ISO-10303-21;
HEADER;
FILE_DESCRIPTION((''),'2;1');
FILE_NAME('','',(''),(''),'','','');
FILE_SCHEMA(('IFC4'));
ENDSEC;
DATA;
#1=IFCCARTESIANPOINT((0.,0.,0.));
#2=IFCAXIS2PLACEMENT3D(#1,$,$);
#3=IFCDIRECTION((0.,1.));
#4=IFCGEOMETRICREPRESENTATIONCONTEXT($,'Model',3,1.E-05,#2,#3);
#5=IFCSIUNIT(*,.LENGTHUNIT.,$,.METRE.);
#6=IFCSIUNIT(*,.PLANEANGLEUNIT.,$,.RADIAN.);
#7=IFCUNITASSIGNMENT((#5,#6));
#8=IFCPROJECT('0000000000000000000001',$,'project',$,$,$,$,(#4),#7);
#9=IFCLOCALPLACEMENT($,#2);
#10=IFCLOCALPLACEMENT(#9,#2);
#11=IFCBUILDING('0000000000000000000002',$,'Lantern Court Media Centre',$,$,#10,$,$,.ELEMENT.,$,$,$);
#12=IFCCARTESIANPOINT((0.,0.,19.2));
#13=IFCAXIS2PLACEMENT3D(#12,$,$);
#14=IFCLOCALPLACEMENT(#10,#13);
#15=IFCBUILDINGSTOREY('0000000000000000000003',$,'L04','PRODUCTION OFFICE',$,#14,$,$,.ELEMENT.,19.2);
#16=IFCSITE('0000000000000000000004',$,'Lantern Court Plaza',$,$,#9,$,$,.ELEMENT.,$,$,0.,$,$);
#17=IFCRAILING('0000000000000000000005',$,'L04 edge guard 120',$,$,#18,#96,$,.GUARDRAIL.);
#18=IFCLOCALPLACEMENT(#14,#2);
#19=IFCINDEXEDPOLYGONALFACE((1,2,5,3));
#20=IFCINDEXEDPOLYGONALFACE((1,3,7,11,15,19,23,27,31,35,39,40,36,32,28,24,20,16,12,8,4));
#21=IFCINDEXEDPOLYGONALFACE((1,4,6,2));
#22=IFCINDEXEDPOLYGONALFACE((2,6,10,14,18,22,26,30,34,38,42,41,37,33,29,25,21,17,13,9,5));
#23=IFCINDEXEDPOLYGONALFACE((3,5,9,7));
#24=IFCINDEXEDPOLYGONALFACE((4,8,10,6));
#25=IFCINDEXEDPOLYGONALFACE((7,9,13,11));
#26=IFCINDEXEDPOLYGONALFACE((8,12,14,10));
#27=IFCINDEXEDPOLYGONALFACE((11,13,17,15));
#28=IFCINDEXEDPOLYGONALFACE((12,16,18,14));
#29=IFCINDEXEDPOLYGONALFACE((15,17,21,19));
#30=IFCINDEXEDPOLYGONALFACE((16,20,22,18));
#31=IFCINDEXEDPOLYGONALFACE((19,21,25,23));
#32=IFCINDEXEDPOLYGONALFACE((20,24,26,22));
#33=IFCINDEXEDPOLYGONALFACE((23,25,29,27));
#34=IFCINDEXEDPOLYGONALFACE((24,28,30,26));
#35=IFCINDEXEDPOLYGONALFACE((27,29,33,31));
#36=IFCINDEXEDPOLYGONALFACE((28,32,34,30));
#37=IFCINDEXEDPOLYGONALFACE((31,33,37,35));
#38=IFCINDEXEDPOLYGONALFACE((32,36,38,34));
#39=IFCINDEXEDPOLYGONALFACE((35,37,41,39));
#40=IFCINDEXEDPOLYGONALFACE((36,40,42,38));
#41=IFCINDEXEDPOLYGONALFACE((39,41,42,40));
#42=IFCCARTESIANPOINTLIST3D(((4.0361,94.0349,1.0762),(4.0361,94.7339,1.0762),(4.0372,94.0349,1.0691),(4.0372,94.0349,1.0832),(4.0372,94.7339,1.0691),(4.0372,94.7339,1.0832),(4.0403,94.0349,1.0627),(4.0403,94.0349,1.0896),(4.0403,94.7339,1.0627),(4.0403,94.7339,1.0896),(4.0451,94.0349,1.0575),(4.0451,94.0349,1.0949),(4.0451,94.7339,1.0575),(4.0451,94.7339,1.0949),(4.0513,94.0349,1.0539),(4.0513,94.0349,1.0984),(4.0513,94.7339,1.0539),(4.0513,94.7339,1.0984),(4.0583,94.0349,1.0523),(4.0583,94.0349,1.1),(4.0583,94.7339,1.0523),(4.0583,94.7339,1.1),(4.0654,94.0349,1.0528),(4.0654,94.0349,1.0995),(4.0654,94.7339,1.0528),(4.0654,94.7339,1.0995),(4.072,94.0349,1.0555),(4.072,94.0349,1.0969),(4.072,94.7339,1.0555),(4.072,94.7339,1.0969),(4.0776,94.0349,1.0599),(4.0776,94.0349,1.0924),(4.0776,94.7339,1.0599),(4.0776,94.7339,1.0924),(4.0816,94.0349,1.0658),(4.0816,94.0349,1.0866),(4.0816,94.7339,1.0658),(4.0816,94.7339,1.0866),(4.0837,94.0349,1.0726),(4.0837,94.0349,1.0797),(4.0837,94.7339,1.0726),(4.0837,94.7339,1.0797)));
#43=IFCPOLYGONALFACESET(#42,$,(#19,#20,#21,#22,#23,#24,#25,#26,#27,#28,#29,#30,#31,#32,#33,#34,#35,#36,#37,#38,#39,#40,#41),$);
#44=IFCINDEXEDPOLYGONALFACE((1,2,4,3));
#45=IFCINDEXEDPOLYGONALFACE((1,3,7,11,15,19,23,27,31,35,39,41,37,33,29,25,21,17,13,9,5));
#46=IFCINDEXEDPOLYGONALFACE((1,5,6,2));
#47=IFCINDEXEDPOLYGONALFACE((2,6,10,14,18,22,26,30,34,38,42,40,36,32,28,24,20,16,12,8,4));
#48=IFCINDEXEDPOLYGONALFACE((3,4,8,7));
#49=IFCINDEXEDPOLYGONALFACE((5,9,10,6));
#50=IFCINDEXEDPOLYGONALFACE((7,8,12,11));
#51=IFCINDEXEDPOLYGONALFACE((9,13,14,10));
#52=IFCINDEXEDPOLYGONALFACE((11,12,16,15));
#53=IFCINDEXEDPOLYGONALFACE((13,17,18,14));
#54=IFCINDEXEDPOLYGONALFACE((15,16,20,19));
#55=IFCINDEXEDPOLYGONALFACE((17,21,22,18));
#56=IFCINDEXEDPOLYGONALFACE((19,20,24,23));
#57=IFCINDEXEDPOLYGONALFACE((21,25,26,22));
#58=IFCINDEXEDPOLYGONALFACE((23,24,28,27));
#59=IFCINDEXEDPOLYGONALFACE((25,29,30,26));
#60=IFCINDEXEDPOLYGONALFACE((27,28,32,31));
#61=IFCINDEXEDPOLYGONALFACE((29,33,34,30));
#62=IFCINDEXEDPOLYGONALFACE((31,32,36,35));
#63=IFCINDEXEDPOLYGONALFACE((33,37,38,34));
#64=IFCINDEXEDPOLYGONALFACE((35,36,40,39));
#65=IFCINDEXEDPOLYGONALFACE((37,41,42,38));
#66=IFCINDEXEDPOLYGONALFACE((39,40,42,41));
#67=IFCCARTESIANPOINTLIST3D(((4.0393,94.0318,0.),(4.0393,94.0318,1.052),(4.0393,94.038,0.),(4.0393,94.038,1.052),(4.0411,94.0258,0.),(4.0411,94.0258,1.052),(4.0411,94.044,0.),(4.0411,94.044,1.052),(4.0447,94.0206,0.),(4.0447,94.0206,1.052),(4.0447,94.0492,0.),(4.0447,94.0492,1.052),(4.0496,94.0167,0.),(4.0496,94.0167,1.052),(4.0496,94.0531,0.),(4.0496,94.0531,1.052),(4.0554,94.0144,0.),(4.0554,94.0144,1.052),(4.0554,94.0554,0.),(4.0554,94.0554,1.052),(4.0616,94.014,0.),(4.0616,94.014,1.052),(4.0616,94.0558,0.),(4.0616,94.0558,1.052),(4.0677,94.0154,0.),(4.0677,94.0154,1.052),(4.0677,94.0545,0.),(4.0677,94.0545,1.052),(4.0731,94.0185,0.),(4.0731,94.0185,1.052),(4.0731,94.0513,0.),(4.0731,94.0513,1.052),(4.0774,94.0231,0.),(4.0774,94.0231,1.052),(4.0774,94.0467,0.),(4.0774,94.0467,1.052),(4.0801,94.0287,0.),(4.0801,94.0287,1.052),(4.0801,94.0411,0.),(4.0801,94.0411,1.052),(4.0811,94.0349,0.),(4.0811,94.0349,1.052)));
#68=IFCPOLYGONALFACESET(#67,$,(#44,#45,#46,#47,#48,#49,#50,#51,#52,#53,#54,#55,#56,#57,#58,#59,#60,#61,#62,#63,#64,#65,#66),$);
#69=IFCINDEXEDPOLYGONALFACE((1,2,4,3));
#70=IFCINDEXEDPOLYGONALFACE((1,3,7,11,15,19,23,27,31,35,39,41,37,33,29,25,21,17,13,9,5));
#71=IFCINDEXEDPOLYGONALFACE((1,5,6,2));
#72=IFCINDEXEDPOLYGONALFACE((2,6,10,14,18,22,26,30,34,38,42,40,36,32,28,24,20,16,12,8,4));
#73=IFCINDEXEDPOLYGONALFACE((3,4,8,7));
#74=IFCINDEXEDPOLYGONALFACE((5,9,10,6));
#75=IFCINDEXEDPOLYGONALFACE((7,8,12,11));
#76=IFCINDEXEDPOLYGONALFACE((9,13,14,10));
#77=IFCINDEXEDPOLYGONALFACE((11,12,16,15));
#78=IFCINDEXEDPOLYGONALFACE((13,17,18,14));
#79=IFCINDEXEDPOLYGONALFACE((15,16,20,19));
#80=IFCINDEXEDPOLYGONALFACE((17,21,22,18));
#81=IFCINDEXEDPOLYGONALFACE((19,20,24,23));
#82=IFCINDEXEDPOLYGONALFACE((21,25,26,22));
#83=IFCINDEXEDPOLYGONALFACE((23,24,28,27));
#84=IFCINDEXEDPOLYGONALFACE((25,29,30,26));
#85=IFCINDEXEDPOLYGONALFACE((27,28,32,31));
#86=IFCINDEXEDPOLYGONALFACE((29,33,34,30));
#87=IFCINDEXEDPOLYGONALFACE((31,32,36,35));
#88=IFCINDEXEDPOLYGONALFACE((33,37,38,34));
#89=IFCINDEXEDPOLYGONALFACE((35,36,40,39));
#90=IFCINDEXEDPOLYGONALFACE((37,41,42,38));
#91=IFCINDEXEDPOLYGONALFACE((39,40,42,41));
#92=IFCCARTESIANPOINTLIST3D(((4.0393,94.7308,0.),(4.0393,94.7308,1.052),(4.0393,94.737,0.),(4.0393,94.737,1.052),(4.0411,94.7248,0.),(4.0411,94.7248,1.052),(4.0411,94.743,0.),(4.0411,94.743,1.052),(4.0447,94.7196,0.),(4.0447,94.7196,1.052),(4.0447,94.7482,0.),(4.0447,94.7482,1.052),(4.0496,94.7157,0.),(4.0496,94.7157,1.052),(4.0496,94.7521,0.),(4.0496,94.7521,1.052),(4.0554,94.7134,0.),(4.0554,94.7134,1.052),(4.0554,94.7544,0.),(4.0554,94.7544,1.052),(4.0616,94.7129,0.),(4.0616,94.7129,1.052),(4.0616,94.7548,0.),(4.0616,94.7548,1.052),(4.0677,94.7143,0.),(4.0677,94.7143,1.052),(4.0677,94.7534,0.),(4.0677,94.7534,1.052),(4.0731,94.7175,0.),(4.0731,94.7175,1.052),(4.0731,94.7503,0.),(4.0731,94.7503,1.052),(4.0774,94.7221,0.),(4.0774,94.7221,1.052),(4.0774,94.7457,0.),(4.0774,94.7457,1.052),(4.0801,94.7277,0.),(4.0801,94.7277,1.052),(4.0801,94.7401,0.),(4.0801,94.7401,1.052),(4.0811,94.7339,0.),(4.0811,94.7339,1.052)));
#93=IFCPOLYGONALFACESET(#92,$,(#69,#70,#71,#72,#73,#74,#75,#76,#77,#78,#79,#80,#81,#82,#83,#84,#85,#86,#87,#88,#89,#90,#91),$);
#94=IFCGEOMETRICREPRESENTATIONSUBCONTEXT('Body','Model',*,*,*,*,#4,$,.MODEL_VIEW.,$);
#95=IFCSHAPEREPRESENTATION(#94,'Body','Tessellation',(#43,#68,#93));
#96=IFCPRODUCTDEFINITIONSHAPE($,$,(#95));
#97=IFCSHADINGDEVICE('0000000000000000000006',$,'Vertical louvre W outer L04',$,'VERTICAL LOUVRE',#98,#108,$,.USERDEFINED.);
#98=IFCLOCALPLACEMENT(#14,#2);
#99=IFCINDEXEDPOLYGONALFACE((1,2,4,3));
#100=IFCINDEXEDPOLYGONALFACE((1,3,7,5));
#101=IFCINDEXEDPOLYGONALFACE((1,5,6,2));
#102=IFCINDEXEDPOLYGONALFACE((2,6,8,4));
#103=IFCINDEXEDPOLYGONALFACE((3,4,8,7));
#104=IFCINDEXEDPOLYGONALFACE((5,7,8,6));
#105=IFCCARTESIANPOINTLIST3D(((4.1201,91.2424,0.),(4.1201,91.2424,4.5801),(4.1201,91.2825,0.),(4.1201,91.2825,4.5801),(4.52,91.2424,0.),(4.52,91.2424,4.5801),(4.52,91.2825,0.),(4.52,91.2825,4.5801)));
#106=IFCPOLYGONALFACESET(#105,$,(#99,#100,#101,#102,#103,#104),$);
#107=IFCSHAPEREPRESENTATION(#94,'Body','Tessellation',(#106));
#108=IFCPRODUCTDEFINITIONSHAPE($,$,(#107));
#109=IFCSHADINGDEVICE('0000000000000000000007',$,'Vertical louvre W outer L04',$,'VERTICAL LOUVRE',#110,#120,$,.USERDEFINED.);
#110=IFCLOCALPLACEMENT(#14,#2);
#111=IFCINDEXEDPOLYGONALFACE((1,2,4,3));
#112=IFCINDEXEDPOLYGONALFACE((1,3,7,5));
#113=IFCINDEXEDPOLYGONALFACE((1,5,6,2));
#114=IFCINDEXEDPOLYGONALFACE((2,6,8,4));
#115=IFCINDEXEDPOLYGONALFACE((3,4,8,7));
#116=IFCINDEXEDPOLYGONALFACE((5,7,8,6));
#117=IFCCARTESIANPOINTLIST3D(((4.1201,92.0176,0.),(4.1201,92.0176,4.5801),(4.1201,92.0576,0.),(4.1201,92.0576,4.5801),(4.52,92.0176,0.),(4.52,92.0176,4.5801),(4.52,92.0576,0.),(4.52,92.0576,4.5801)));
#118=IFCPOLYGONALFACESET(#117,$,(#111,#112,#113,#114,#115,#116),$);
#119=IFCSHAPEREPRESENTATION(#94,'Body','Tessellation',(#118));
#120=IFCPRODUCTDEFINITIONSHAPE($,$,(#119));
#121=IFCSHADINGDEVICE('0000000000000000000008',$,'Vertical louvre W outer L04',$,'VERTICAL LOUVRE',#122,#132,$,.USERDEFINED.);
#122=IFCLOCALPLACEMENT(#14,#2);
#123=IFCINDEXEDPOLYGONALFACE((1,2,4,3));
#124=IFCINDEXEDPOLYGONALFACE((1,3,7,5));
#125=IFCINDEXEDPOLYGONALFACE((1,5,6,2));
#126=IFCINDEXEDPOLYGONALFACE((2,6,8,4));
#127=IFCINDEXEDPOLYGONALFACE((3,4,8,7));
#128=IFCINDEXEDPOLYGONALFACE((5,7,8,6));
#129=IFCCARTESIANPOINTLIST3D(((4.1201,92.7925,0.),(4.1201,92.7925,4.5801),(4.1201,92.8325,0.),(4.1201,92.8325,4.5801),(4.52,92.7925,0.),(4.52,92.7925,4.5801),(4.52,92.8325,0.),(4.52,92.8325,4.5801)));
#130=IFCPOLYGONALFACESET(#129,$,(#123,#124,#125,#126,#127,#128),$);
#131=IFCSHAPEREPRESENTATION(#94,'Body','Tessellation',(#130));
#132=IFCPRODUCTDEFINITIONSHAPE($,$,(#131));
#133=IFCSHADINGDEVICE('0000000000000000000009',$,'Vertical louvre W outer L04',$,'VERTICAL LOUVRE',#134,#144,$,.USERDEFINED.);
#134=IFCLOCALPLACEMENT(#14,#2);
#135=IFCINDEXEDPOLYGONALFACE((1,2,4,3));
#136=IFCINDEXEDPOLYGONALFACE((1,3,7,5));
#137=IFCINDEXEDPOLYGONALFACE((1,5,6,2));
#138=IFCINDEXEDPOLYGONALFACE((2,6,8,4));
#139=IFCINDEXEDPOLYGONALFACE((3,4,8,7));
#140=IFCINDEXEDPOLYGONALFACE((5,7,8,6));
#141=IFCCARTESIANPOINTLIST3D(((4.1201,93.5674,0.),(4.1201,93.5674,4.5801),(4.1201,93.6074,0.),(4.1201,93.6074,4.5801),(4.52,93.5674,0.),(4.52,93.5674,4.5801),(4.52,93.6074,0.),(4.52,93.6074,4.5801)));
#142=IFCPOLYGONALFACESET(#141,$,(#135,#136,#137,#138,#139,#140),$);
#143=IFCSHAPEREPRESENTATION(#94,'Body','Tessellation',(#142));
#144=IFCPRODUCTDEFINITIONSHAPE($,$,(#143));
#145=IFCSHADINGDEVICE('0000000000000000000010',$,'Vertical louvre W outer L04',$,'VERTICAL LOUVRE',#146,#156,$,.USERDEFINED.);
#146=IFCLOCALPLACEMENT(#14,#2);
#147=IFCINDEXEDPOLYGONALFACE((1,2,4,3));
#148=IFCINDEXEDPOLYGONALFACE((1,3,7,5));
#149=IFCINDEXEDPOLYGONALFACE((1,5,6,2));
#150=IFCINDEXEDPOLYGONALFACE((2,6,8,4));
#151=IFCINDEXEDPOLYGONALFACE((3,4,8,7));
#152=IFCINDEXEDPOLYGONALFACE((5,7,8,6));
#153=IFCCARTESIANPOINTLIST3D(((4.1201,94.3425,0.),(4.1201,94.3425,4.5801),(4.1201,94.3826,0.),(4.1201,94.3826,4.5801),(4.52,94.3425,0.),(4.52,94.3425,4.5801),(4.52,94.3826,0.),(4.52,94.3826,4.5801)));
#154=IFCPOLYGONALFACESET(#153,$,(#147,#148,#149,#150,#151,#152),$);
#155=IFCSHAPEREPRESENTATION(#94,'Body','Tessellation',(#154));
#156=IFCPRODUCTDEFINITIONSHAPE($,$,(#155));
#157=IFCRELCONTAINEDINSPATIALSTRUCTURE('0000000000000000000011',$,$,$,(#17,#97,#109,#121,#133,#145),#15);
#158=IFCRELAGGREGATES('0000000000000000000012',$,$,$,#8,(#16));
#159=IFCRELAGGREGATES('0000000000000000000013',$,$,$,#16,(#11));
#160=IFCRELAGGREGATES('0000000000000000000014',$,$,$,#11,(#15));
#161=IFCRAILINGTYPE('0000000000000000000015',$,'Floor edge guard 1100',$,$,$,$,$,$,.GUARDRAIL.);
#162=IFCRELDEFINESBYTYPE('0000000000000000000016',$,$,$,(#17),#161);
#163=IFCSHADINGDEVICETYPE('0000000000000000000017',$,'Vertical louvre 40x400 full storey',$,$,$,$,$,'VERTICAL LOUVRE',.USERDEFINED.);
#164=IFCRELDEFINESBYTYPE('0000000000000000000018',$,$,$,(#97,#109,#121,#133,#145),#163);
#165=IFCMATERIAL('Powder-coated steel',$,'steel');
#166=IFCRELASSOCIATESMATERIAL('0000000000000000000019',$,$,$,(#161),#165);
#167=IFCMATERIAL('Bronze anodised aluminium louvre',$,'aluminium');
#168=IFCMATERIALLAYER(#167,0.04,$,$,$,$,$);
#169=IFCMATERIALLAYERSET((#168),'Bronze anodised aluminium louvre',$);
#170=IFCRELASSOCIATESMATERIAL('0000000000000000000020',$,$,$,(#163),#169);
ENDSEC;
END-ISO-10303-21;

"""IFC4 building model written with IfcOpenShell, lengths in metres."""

from ifc_helpers import new_model, si_unit, direction, frame, origin, origin_2d, place, context, subcontext, project, spatial, rectangle, circle, extrude, material, layer, layer_set, type_object, element, save


model = new_model("IFC4")

# Units and contexts
model_context = context("Model", 3, precision=1e-05, world=origin(), true_north=direction((0.0, 1.0)))
body_context = subcontext(model_context, "Body", "Model", "MODEL_VIEW")
ifc_project = project(units=[si_unit("LENGTHUNIT", "METRE"), si_unit("PLANEANGLEUNIT", "RADIAN")], contexts=[model_context])

# Site, building, storey
site_placement = place(None, origin())
site = spatial("IfcSite", under=ifc_project, at=site_placement, Name="Lantern Court Plaza", CompositionType="ELEMENT", RefElevation=0.0)
building_placement = place(site_placement, origin())
building = spatial("IfcBuilding", under=site, at=building_placement, Name="Lantern Court Media Centre", CompositionType="ELEMENT")
storey_placement = place(building_placement, frame((0.0, 0.0, 19.2)))
storey = spatial("IfcBuildingStorey", under=building, at=storey_placement, Name="L04", Description="PRODUCTION OFFICE", CompositionType="ELEMENT", Elevation=19.2)

# Railing
ifc_material_1 = material(Name="Powder-coated steel", Category="steel")
railing_type = type_object("IfcRailingType", Name="Floor edge guard 1100", PredefinedType="GUARDRAIL", material=ifc_material_1)
railing_placement = place(storey_placement, frame((4.0601, 94.0349, 0.0)))
element("IfcRailing", 1, at=railing_placement, inside=storey, type_object=railing_type, Name="L04 edge guard 120", PredefinedType="GUARDRAIL", context=body_context, shape_type="SweptSolid", body=[
    extrude(circle(Radius=0.0239, at=origin_2d()), frame((0.0, 0.0, 1.0762), z_axis=(0.0, 1.0, 0.0), x_axis=(-1.0, 0.0, 0.0)), (0.0, 0.0, 1.0), 0.699),
    extrude(circle(Radius=0.021, at=origin_2d()), origin(), (0.0, 0.0, 1.0), 1.052),
    extrude(circle(Radius=0.021, at=origin_2d()), frame((0.0, 0.699, 0.0)), (0.0, 0.0, 1.0), 1.052),
])

# Shading devices
ifc_material_2 = material(Name="Bronze anodised aluminium louvre", Category="aluminium")
ifc_layer_1 = layer(ifc_material_2, 0.04)
ifc_layer_set_1 = layer_set([ifc_layer_1], Name="Bronze anodised aluminium louvre")
shading_device_type = type_object("IfcShadingDeviceType", Name="Vertical louvre 40x400 full storey", ElementType="VERTICAL LOUVRE", PredefinedType="USERDEFINED", material=ifc_layer_set_1)
for number, where, z_axis, x_axis, name in (
    (2, (4.3201, 91.2625, 0.0), (0.0, 0.0, 1.0), (1.0, 0.0, 0.0), "Vertical louvre W outer L04"),
    (3, (4.3201, 92.0376, 0.0), (0.0, 0.0, 1.0), (1.0, 0.0, 0.0), "Vertical louvre W outer L04"),
    (4, (4.3201, 92.8125, 0.0), (0.0, 0.0, 1.0), (1.0, 0.0, 0.0), "Vertical louvre W outer L04"),
    (5, (4.3201, 93.5874, 0.0), (0.0, 0.0, 1.0), (1.0, 0.0, 0.0), "Vertical louvre W outer L04"),
    (6, (4.3201, 94.3625, 0.0), (0.0, 0.0, 1.0), (1.0, 0.0, 0.0), "Vertical louvre W outer L04"),
):
    element("IfcShadingDevice", number, at=place(storey_placement, frame(where, z_axis=z_axis, x_axis=x_axis)), inside=storey, type_object=shading_device_type, Name=name, ObjectType="VERTICAL LOUVRE", PredefinedType="USERDEFINED", context=body_context, shape_type="SweptSolid", body=[
        extrude(rectangle(XDim=0.3999, YDim=0.04, at=origin_2d()), origin(), (0.0, 0.0, 1.0), 4.5801),
    ])

save(model, "model.ifc")
